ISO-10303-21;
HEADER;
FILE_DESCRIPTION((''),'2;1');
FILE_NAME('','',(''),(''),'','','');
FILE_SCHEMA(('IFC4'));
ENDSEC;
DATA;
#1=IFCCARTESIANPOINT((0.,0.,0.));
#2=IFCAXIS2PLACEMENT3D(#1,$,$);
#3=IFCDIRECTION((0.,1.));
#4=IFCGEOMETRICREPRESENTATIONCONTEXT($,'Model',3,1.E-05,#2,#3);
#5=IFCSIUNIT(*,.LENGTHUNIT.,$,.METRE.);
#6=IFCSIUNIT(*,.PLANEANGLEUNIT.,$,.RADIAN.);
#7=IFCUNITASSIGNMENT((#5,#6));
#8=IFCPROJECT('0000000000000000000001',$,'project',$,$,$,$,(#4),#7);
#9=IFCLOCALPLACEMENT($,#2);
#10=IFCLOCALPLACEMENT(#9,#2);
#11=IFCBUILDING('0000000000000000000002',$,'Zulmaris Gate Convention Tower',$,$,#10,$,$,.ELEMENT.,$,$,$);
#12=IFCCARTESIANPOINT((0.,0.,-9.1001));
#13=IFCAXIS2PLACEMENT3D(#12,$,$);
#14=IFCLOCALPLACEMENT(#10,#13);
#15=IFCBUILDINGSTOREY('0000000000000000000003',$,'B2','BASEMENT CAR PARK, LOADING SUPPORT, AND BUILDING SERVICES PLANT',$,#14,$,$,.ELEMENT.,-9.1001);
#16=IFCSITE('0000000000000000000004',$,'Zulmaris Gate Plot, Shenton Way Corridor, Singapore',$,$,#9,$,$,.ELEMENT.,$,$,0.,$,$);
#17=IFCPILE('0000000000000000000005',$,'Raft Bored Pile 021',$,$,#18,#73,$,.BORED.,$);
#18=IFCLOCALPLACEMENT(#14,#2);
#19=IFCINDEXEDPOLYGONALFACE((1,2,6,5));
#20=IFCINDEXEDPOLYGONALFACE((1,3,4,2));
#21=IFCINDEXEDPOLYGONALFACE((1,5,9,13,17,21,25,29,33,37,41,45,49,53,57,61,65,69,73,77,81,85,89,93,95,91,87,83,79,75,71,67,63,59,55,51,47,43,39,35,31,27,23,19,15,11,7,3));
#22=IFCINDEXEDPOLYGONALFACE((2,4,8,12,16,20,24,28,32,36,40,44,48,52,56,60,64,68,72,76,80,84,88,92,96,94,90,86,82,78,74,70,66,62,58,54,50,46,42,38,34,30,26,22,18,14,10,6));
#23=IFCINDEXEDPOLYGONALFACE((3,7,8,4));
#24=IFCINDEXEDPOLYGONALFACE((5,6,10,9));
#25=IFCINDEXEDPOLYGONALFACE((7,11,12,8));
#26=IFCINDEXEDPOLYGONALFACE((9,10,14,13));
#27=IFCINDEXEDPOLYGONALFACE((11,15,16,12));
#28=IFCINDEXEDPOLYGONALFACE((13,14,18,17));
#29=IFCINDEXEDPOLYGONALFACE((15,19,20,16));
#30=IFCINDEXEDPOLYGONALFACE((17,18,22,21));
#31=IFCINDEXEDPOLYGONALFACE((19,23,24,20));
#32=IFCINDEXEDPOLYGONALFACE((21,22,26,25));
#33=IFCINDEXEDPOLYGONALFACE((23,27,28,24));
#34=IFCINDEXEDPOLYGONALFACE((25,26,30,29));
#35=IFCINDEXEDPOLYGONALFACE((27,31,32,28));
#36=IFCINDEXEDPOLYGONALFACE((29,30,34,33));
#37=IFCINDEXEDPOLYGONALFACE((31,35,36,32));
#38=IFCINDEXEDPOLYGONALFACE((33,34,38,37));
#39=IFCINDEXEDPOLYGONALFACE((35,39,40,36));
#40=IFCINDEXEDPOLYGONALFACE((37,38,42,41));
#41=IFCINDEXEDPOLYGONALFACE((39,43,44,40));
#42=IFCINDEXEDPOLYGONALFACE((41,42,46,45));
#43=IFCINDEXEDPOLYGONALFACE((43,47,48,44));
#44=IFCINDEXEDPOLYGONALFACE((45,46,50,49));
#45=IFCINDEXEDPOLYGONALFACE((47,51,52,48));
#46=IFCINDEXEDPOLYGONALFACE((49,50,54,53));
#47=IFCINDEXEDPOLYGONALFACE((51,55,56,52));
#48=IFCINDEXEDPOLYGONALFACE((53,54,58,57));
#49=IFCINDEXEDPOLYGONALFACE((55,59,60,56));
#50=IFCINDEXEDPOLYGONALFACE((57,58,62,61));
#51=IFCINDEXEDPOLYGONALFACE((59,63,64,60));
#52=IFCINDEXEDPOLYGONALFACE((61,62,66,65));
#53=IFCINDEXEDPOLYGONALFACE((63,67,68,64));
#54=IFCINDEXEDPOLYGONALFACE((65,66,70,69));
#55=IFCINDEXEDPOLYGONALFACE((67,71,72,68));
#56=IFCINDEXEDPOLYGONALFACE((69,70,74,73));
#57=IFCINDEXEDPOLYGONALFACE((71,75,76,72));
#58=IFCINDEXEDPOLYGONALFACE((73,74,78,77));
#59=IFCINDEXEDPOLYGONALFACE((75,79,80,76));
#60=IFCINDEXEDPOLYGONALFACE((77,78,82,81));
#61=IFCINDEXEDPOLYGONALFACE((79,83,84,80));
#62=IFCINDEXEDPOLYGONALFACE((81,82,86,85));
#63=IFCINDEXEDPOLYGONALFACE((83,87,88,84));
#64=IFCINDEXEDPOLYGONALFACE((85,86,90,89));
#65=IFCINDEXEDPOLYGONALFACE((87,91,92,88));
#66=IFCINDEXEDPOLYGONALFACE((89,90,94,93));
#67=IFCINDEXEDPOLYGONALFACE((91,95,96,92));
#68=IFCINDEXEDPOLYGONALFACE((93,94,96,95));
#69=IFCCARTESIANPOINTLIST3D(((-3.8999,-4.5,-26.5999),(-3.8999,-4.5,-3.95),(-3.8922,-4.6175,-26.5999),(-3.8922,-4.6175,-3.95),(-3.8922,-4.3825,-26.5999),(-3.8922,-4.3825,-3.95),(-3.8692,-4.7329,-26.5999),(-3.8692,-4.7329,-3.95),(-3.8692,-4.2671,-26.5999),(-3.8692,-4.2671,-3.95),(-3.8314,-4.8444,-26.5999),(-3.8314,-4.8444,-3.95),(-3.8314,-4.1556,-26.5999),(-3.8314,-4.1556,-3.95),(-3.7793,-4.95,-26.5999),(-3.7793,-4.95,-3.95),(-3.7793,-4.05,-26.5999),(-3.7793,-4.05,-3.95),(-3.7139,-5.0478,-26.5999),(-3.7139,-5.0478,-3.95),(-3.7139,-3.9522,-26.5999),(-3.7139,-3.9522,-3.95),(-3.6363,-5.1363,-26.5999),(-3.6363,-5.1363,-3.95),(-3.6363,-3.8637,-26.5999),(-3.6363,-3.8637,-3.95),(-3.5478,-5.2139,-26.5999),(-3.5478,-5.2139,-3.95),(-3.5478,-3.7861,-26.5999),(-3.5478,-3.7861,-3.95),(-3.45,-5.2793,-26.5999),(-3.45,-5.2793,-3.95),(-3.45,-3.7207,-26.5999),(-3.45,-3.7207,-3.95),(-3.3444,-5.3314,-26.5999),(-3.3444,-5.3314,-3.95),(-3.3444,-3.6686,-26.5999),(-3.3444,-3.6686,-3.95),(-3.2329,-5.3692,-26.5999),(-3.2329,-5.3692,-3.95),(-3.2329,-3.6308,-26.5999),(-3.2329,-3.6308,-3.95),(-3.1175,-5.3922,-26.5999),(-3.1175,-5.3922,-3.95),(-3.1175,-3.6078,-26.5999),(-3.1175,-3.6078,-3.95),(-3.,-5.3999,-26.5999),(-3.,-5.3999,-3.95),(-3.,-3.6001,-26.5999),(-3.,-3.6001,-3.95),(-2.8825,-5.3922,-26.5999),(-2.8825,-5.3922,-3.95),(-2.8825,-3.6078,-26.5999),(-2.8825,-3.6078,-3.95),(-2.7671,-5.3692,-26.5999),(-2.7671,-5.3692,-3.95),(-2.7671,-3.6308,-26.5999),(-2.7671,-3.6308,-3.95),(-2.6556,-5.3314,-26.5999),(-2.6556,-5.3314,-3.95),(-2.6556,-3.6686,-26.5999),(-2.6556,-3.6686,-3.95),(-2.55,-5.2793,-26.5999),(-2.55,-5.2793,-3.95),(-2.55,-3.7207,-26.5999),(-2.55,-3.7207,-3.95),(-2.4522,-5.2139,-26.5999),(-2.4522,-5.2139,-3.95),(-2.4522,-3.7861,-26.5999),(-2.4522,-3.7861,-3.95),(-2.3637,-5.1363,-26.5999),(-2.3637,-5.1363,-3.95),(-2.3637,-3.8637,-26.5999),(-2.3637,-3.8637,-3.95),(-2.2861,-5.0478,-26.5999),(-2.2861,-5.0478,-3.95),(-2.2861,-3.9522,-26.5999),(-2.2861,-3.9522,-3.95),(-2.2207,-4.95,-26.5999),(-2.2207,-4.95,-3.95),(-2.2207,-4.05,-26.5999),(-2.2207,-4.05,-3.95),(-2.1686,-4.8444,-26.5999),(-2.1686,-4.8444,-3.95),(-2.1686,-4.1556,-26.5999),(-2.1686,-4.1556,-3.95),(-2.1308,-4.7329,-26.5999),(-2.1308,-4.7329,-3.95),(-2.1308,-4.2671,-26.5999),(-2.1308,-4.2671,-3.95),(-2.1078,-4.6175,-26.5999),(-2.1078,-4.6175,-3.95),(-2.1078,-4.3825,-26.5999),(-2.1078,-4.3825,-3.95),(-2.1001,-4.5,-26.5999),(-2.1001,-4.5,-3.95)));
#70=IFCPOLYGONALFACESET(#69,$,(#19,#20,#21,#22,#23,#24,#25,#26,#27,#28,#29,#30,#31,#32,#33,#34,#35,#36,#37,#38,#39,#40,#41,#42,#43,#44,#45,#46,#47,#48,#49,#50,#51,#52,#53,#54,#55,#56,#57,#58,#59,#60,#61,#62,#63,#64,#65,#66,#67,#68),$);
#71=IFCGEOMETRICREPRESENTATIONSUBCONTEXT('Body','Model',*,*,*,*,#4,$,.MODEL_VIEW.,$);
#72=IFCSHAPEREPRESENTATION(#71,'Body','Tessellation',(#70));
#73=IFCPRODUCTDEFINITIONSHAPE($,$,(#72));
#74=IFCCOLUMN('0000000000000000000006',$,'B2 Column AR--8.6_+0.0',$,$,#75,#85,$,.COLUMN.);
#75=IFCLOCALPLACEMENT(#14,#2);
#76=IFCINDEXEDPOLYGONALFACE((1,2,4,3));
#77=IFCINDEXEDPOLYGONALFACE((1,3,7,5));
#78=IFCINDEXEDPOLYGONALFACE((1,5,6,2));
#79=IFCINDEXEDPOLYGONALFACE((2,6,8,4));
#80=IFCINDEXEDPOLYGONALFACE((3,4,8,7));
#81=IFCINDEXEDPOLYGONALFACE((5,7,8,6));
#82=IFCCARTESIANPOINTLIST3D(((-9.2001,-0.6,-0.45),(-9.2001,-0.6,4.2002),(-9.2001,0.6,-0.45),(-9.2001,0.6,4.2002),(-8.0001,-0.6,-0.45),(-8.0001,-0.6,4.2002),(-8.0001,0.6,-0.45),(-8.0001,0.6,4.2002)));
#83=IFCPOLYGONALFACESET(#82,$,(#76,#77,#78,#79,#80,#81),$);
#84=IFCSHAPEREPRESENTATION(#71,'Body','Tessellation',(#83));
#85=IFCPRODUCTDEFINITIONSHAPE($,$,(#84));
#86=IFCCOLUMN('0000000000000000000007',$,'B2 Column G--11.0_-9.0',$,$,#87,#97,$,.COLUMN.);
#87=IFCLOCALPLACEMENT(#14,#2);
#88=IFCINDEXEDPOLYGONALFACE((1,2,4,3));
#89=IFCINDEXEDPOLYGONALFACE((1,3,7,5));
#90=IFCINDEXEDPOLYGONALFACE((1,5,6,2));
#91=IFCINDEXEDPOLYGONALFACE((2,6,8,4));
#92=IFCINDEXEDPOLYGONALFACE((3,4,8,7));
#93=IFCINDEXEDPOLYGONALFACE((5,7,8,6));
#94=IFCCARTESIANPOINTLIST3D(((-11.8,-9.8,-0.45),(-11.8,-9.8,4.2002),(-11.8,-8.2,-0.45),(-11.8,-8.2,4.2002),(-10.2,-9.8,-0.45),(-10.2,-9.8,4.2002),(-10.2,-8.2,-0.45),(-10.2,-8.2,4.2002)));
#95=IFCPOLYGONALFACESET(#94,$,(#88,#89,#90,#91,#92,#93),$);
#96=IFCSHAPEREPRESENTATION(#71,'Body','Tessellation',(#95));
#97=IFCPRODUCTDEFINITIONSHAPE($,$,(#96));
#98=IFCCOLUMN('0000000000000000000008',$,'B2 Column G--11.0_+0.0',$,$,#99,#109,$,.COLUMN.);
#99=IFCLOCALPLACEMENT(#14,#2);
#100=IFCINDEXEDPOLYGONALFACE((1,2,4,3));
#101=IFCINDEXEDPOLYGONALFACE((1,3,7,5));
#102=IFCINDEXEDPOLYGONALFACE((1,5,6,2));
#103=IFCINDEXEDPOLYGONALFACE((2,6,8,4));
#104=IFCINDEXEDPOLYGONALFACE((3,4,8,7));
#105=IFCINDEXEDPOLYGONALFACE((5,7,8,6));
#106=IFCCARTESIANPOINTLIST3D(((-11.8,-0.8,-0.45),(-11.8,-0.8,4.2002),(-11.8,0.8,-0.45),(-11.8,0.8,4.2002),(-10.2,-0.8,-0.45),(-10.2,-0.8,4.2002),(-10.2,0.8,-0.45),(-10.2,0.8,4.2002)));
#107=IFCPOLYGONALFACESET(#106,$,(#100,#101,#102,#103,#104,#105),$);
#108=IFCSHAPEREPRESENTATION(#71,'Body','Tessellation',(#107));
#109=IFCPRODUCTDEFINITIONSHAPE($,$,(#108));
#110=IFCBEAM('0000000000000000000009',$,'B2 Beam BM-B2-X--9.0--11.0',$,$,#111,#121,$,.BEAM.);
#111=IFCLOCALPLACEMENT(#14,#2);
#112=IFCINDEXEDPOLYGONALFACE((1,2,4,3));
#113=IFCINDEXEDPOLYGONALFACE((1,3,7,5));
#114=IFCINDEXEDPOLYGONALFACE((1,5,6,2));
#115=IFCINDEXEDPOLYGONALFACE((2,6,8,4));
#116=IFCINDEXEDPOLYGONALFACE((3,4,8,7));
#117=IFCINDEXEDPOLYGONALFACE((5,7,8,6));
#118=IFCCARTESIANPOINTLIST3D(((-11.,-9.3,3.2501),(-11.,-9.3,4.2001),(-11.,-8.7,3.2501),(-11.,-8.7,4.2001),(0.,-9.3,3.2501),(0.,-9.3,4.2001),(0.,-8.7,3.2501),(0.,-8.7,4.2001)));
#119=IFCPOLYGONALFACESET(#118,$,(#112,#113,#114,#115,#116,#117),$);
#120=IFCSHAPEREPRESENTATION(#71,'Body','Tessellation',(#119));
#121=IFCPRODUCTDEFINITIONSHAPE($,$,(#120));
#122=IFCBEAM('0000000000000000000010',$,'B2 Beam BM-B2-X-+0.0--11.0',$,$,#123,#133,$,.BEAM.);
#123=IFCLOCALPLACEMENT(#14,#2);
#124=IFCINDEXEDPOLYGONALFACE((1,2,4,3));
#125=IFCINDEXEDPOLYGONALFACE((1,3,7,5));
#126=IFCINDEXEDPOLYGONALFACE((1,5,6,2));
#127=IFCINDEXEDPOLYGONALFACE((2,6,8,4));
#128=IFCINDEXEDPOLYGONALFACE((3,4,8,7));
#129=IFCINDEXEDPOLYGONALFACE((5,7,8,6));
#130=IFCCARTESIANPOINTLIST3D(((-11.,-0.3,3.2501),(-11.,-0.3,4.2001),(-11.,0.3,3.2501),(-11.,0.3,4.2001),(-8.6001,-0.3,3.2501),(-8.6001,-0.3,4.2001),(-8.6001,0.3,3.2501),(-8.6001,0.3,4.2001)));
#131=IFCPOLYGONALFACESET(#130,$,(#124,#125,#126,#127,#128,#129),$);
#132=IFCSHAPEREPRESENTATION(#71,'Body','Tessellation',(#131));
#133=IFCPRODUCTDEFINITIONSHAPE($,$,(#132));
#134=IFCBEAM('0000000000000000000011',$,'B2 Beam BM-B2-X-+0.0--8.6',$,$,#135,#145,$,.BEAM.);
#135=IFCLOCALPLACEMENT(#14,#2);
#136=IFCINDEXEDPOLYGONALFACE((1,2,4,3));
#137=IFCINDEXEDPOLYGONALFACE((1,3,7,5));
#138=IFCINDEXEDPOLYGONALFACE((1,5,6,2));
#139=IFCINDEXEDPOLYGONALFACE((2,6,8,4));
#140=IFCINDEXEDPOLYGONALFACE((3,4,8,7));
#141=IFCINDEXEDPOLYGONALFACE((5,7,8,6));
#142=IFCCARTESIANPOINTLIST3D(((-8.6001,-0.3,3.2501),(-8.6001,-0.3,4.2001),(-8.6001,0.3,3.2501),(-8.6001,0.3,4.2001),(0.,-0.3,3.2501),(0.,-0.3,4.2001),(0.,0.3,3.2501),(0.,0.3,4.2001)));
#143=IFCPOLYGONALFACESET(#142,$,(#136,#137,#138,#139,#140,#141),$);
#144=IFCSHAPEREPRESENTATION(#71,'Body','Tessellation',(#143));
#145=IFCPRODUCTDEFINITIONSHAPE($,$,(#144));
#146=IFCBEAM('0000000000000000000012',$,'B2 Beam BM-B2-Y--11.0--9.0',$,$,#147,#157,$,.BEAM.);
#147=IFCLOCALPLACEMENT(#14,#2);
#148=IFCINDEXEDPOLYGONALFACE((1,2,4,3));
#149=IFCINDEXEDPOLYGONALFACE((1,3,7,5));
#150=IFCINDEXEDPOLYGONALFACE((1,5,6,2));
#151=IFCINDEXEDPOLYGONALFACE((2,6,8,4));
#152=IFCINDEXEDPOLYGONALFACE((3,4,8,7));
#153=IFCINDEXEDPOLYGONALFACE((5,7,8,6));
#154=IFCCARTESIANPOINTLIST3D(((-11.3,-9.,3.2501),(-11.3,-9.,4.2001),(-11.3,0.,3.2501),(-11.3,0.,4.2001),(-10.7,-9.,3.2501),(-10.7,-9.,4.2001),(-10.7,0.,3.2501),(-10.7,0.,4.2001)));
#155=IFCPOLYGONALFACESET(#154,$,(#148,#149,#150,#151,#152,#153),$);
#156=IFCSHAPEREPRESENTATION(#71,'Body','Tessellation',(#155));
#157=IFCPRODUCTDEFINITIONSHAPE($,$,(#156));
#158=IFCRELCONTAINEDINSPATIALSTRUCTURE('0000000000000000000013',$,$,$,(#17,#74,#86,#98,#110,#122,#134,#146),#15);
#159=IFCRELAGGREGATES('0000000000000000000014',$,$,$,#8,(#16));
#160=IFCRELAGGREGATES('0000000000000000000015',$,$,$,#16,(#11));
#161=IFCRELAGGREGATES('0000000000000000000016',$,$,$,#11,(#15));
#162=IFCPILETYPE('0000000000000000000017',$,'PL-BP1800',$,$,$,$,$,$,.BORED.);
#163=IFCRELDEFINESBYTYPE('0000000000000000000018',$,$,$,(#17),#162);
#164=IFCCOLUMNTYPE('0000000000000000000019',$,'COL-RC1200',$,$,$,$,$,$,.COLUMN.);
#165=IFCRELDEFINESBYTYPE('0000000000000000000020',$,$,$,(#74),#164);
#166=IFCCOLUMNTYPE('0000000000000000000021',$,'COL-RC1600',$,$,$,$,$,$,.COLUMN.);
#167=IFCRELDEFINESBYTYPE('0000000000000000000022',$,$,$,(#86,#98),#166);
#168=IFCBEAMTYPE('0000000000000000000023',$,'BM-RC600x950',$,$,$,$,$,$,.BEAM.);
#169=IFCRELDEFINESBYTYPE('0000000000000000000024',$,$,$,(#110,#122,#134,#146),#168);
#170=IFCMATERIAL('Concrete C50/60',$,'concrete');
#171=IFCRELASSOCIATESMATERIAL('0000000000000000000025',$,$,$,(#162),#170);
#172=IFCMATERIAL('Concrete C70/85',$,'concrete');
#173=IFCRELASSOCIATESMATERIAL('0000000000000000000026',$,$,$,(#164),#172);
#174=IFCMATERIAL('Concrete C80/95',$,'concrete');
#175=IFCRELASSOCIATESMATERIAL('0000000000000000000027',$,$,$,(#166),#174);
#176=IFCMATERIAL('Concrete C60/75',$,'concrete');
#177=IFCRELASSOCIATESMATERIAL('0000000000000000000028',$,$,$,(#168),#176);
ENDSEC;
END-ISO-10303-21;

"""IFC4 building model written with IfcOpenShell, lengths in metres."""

from ifc_helpers import new_model, si_unit, direction, frame, origin, origin_2d, place, context, subcontext, project, spatial, rectangle, circle, extrude, material, material_profile, profile_set, type_object, element, save


model = new_model("IFC4")

# Units and contexts
model_context = context("Model", 3, precision=1e-05, world=origin(), true_north=direction((0.0, 1.0)))
body_context = subcontext(model_context, "Body", "Model", "MODEL_VIEW")
ifc_project = project(units=[si_unit("LENGTHUNIT", "METRE"), si_unit("PLANEANGLEUNIT", "RADIAN")], contexts=[model_context])

# Site, building, storey
site_placement = place(None, origin())
site = spatial("IfcSite", under=ifc_project, at=site_placement, Name="Zulmaris Gate Plot, Shenton Way Corridor, Singapore", CompositionType="ELEMENT", RefElevation=0.0)
building_placement = place(site_placement, origin())
building = spatial("IfcBuilding", under=site, at=building_placement, Name="Zulmaris Gate Convention Tower", CompositionType="ELEMENT")
storey_placement = place(building_placement, frame((0.0, 0.0, -9.1001)))
storey = spatial("IfcBuildingStorey", under=building, at=storey_placement, Name="B2", Description="BASEMENT CAR PARK, LOADING SUPPORT, AND BUILDING SERVICES PLANT", CompositionType="ELEMENT", Elevation=-9.1001)

# Pile
ifc_material_1 = material(Name="Concrete C50/60", Category="concrete")
ifc_material_profile_1 = material_profile(ifc_material_1, circle(Radius=0.8999, at=origin_2d()), Name="BORED PILE 1800")
ifc_profile_set_1 = profile_set([ifc_material_profile_1], Name="Concrete C50/60")
pile_type = type_object("IfcPileType", Name="PL-BP1800", PredefinedType="BORED", material=ifc_profile_set_1)
for number, where, z_axis, x_axis, name in (
    (1, (-3.0, -4.5, -3.95), (0.0, 0.0, -1.0), (1.0, 0.0, 0.0), "Raft Bored Pile 021"),
):
    element("IfcPile", number, at=place(storey_placement, frame(where, z_axis=z_axis, x_axis=x_axis)), inside=storey, type_object=pile_type, Name=name, PredefinedType="BORED", context=body_context, shape_type="SweptSolid", body=[
        extrude(circle(Radius=0.8999, at=origin_2d()), origin(), (0.0, 0.0, 1.0), 22.6499),
    ])

# Columns
ifc_material_2 = material(Name="Concrete C70/85", Category="concrete")
ifc_material_profile_2 = material_profile(ifc_material_2, rectangle(XDim=1.2, YDim=1.2, at=origin_2d()), Name="RC COL 1200x1200")
ifc_profile_set_2 = profile_set([ifc_material_profile_2], Name="Concrete C70/85")
column_type_1 = type_object("IfcColumnType", Name="COL-RC1200", PredefinedType="COLUMN", material=ifc_profile_set_2)
column_placement = place(storey_placement, frame((-8.6001, 0.0, -0.45), z_axis=(0.0, 0.0, 1.0), x_axis=(1.0, 0.0, 0.0)))
element("IfcColumn", 2, at=column_placement, inside=storey, type_object=column_type_1, Name="B2 Column AR--8.6_+0.0", PredefinedType="COLUMN", context=body_context, shape_type="SweptSolid", body=[
    extrude(rectangle(XDim=1.2, YDim=1.2, at=origin_2d()), origin(), (0.0, 0.0, 1.0), 4.6501),
])
ifc_material_3 = material(Name="Concrete C80/95", Category="concrete")
ifc_material_profile_3 = material_profile(ifc_material_3, rectangle(XDim=1.6001, YDim=1.6001, at=origin_2d()), Name="RC COL 1600x1600")
ifc_profile_set_3 = profile_set([ifc_material_profile_3], Name="Concrete C80/95")
column_type_2 = type_object("IfcColumnType", Name="COL-RC1600", PredefinedType="COLUMN", material=ifc_profile_set_3)
for number, where, z_axis, x_axis, name in (
    (3, (-11.0, -9.0, -0.45), (0.0, 0.0, 1.0), (1.0, 0.0, 0.0), "B2 Column G--11.0_-9.0"),
    (4, (-11.0, 0.0, -0.45), (0.0, 0.0, 1.0), (1.0, 0.0, 0.0), "B2 Column G--11.0_+0.0"),
):
    element("IfcColumn", number, at=place(storey_placement, frame(where, z_axis=z_axis, x_axis=x_axis)), inside=storey, type_object=column_type_2, Name=name, PredefinedType="COLUMN", context=body_context, shape_type="SweptSolid", body=[
        extrude(rectangle(XDim=1.6001, YDim=1.6001, at=origin_2d()), origin(), (0.0, 0.0, 1.0), 4.6501),
    ])

# Beams
ifc_material_4 = material(Name="Concrete C60/75", Category="concrete")
ifc_material_profile_4 = material_profile(ifc_material_4, rectangle(XDim=0.6001, YDim=0.95, at=origin_2d()), Name="RC BEAM 600x950")
ifc_profile_set_4 = profile_set([ifc_material_profile_4], Name="Concrete C60/75")
beam_type_1 = type_object("IfcBeamType", Name="BM-RC600x950", PredefinedType="BEAM", material=ifc_profile_set_4)
beam_1_placement = place(storey_placement, frame((-11.0, -9.0, 3.7251), z_axis=(1.0, 0.0, 0.0), x_axis=(0.0, 1.0, 0.0)))
element("IfcBeam", 5, at=beam_1_placement, inside=storey, type_object=beam_type_1, Name="B2 Beam BM-B2-X--9.0--11.0", PredefinedType="BEAM", context=body_context, shape_type="SweptSolid", body=[
    extrude(rectangle(XDim=0.6001, YDim=0.95, at=origin_2d()), origin(), (0.0, 0.0, 1.0), 11.0),
])
beam_2_placement = place(storey_placement, frame((-11.0, 0.0, 3.7251), z_axis=(1.0, 0.0, 0.0), x_axis=(0.0, 1.0, 0.0)))
element("IfcBeam", 6, at=beam_2_placement, inside=storey, type_object=beam_type_1, Name="B2 Beam BM-B2-X-+0.0--11.0", PredefinedType="BEAM", context=body_context, shape_type="SweptSolid", body=[
    extrude(rectangle(XDim=0.6001, YDim=0.95, at=origin_2d()), origin(), (0.0, 0.0, 1.0), 2.3999),
])
beam_3_placement = place(storey_placement, frame((-8.6001, 0.0, 3.7251), z_axis=(1.0, 0.0, 0.0), x_axis=(0.0, 1.0, 0.0)))
element("IfcBeam", 7, at=beam_3_placement, inside=storey, type_object=beam_type_1, Name="B2 Beam BM-B2-X-+0.0--8.6", PredefinedType="BEAM", context=body_context, shape_type="SweptSolid", body=[
    extrude(rectangle(XDim=0.6001, YDim=0.95, at=origin_2d()), origin(), (0.0, 0.0, 1.0), 8.6001),
])
beam_4_placement = place(storey_placement, frame((-11.0, -9.0, 3.7251), z_axis=(0.0, 1.0, 0.0), x_axis=(-1.0, 0.0, 0.0)))
element("IfcBeam", 8, at=beam_4_placement, inside=storey, type_object=beam_type_1, Name="B2 Beam BM-B2-Y--11.0--9.0", PredefinedType="BEAM", context=body_context, shape_type="SweptSolid", body=[
    extrude(rectangle(XDim=0.6001, YDim=0.95, at=origin_2d()), origin(), (0.0, 0.0, 1.0), 9.0),
])

save(model, "model.ifc")
